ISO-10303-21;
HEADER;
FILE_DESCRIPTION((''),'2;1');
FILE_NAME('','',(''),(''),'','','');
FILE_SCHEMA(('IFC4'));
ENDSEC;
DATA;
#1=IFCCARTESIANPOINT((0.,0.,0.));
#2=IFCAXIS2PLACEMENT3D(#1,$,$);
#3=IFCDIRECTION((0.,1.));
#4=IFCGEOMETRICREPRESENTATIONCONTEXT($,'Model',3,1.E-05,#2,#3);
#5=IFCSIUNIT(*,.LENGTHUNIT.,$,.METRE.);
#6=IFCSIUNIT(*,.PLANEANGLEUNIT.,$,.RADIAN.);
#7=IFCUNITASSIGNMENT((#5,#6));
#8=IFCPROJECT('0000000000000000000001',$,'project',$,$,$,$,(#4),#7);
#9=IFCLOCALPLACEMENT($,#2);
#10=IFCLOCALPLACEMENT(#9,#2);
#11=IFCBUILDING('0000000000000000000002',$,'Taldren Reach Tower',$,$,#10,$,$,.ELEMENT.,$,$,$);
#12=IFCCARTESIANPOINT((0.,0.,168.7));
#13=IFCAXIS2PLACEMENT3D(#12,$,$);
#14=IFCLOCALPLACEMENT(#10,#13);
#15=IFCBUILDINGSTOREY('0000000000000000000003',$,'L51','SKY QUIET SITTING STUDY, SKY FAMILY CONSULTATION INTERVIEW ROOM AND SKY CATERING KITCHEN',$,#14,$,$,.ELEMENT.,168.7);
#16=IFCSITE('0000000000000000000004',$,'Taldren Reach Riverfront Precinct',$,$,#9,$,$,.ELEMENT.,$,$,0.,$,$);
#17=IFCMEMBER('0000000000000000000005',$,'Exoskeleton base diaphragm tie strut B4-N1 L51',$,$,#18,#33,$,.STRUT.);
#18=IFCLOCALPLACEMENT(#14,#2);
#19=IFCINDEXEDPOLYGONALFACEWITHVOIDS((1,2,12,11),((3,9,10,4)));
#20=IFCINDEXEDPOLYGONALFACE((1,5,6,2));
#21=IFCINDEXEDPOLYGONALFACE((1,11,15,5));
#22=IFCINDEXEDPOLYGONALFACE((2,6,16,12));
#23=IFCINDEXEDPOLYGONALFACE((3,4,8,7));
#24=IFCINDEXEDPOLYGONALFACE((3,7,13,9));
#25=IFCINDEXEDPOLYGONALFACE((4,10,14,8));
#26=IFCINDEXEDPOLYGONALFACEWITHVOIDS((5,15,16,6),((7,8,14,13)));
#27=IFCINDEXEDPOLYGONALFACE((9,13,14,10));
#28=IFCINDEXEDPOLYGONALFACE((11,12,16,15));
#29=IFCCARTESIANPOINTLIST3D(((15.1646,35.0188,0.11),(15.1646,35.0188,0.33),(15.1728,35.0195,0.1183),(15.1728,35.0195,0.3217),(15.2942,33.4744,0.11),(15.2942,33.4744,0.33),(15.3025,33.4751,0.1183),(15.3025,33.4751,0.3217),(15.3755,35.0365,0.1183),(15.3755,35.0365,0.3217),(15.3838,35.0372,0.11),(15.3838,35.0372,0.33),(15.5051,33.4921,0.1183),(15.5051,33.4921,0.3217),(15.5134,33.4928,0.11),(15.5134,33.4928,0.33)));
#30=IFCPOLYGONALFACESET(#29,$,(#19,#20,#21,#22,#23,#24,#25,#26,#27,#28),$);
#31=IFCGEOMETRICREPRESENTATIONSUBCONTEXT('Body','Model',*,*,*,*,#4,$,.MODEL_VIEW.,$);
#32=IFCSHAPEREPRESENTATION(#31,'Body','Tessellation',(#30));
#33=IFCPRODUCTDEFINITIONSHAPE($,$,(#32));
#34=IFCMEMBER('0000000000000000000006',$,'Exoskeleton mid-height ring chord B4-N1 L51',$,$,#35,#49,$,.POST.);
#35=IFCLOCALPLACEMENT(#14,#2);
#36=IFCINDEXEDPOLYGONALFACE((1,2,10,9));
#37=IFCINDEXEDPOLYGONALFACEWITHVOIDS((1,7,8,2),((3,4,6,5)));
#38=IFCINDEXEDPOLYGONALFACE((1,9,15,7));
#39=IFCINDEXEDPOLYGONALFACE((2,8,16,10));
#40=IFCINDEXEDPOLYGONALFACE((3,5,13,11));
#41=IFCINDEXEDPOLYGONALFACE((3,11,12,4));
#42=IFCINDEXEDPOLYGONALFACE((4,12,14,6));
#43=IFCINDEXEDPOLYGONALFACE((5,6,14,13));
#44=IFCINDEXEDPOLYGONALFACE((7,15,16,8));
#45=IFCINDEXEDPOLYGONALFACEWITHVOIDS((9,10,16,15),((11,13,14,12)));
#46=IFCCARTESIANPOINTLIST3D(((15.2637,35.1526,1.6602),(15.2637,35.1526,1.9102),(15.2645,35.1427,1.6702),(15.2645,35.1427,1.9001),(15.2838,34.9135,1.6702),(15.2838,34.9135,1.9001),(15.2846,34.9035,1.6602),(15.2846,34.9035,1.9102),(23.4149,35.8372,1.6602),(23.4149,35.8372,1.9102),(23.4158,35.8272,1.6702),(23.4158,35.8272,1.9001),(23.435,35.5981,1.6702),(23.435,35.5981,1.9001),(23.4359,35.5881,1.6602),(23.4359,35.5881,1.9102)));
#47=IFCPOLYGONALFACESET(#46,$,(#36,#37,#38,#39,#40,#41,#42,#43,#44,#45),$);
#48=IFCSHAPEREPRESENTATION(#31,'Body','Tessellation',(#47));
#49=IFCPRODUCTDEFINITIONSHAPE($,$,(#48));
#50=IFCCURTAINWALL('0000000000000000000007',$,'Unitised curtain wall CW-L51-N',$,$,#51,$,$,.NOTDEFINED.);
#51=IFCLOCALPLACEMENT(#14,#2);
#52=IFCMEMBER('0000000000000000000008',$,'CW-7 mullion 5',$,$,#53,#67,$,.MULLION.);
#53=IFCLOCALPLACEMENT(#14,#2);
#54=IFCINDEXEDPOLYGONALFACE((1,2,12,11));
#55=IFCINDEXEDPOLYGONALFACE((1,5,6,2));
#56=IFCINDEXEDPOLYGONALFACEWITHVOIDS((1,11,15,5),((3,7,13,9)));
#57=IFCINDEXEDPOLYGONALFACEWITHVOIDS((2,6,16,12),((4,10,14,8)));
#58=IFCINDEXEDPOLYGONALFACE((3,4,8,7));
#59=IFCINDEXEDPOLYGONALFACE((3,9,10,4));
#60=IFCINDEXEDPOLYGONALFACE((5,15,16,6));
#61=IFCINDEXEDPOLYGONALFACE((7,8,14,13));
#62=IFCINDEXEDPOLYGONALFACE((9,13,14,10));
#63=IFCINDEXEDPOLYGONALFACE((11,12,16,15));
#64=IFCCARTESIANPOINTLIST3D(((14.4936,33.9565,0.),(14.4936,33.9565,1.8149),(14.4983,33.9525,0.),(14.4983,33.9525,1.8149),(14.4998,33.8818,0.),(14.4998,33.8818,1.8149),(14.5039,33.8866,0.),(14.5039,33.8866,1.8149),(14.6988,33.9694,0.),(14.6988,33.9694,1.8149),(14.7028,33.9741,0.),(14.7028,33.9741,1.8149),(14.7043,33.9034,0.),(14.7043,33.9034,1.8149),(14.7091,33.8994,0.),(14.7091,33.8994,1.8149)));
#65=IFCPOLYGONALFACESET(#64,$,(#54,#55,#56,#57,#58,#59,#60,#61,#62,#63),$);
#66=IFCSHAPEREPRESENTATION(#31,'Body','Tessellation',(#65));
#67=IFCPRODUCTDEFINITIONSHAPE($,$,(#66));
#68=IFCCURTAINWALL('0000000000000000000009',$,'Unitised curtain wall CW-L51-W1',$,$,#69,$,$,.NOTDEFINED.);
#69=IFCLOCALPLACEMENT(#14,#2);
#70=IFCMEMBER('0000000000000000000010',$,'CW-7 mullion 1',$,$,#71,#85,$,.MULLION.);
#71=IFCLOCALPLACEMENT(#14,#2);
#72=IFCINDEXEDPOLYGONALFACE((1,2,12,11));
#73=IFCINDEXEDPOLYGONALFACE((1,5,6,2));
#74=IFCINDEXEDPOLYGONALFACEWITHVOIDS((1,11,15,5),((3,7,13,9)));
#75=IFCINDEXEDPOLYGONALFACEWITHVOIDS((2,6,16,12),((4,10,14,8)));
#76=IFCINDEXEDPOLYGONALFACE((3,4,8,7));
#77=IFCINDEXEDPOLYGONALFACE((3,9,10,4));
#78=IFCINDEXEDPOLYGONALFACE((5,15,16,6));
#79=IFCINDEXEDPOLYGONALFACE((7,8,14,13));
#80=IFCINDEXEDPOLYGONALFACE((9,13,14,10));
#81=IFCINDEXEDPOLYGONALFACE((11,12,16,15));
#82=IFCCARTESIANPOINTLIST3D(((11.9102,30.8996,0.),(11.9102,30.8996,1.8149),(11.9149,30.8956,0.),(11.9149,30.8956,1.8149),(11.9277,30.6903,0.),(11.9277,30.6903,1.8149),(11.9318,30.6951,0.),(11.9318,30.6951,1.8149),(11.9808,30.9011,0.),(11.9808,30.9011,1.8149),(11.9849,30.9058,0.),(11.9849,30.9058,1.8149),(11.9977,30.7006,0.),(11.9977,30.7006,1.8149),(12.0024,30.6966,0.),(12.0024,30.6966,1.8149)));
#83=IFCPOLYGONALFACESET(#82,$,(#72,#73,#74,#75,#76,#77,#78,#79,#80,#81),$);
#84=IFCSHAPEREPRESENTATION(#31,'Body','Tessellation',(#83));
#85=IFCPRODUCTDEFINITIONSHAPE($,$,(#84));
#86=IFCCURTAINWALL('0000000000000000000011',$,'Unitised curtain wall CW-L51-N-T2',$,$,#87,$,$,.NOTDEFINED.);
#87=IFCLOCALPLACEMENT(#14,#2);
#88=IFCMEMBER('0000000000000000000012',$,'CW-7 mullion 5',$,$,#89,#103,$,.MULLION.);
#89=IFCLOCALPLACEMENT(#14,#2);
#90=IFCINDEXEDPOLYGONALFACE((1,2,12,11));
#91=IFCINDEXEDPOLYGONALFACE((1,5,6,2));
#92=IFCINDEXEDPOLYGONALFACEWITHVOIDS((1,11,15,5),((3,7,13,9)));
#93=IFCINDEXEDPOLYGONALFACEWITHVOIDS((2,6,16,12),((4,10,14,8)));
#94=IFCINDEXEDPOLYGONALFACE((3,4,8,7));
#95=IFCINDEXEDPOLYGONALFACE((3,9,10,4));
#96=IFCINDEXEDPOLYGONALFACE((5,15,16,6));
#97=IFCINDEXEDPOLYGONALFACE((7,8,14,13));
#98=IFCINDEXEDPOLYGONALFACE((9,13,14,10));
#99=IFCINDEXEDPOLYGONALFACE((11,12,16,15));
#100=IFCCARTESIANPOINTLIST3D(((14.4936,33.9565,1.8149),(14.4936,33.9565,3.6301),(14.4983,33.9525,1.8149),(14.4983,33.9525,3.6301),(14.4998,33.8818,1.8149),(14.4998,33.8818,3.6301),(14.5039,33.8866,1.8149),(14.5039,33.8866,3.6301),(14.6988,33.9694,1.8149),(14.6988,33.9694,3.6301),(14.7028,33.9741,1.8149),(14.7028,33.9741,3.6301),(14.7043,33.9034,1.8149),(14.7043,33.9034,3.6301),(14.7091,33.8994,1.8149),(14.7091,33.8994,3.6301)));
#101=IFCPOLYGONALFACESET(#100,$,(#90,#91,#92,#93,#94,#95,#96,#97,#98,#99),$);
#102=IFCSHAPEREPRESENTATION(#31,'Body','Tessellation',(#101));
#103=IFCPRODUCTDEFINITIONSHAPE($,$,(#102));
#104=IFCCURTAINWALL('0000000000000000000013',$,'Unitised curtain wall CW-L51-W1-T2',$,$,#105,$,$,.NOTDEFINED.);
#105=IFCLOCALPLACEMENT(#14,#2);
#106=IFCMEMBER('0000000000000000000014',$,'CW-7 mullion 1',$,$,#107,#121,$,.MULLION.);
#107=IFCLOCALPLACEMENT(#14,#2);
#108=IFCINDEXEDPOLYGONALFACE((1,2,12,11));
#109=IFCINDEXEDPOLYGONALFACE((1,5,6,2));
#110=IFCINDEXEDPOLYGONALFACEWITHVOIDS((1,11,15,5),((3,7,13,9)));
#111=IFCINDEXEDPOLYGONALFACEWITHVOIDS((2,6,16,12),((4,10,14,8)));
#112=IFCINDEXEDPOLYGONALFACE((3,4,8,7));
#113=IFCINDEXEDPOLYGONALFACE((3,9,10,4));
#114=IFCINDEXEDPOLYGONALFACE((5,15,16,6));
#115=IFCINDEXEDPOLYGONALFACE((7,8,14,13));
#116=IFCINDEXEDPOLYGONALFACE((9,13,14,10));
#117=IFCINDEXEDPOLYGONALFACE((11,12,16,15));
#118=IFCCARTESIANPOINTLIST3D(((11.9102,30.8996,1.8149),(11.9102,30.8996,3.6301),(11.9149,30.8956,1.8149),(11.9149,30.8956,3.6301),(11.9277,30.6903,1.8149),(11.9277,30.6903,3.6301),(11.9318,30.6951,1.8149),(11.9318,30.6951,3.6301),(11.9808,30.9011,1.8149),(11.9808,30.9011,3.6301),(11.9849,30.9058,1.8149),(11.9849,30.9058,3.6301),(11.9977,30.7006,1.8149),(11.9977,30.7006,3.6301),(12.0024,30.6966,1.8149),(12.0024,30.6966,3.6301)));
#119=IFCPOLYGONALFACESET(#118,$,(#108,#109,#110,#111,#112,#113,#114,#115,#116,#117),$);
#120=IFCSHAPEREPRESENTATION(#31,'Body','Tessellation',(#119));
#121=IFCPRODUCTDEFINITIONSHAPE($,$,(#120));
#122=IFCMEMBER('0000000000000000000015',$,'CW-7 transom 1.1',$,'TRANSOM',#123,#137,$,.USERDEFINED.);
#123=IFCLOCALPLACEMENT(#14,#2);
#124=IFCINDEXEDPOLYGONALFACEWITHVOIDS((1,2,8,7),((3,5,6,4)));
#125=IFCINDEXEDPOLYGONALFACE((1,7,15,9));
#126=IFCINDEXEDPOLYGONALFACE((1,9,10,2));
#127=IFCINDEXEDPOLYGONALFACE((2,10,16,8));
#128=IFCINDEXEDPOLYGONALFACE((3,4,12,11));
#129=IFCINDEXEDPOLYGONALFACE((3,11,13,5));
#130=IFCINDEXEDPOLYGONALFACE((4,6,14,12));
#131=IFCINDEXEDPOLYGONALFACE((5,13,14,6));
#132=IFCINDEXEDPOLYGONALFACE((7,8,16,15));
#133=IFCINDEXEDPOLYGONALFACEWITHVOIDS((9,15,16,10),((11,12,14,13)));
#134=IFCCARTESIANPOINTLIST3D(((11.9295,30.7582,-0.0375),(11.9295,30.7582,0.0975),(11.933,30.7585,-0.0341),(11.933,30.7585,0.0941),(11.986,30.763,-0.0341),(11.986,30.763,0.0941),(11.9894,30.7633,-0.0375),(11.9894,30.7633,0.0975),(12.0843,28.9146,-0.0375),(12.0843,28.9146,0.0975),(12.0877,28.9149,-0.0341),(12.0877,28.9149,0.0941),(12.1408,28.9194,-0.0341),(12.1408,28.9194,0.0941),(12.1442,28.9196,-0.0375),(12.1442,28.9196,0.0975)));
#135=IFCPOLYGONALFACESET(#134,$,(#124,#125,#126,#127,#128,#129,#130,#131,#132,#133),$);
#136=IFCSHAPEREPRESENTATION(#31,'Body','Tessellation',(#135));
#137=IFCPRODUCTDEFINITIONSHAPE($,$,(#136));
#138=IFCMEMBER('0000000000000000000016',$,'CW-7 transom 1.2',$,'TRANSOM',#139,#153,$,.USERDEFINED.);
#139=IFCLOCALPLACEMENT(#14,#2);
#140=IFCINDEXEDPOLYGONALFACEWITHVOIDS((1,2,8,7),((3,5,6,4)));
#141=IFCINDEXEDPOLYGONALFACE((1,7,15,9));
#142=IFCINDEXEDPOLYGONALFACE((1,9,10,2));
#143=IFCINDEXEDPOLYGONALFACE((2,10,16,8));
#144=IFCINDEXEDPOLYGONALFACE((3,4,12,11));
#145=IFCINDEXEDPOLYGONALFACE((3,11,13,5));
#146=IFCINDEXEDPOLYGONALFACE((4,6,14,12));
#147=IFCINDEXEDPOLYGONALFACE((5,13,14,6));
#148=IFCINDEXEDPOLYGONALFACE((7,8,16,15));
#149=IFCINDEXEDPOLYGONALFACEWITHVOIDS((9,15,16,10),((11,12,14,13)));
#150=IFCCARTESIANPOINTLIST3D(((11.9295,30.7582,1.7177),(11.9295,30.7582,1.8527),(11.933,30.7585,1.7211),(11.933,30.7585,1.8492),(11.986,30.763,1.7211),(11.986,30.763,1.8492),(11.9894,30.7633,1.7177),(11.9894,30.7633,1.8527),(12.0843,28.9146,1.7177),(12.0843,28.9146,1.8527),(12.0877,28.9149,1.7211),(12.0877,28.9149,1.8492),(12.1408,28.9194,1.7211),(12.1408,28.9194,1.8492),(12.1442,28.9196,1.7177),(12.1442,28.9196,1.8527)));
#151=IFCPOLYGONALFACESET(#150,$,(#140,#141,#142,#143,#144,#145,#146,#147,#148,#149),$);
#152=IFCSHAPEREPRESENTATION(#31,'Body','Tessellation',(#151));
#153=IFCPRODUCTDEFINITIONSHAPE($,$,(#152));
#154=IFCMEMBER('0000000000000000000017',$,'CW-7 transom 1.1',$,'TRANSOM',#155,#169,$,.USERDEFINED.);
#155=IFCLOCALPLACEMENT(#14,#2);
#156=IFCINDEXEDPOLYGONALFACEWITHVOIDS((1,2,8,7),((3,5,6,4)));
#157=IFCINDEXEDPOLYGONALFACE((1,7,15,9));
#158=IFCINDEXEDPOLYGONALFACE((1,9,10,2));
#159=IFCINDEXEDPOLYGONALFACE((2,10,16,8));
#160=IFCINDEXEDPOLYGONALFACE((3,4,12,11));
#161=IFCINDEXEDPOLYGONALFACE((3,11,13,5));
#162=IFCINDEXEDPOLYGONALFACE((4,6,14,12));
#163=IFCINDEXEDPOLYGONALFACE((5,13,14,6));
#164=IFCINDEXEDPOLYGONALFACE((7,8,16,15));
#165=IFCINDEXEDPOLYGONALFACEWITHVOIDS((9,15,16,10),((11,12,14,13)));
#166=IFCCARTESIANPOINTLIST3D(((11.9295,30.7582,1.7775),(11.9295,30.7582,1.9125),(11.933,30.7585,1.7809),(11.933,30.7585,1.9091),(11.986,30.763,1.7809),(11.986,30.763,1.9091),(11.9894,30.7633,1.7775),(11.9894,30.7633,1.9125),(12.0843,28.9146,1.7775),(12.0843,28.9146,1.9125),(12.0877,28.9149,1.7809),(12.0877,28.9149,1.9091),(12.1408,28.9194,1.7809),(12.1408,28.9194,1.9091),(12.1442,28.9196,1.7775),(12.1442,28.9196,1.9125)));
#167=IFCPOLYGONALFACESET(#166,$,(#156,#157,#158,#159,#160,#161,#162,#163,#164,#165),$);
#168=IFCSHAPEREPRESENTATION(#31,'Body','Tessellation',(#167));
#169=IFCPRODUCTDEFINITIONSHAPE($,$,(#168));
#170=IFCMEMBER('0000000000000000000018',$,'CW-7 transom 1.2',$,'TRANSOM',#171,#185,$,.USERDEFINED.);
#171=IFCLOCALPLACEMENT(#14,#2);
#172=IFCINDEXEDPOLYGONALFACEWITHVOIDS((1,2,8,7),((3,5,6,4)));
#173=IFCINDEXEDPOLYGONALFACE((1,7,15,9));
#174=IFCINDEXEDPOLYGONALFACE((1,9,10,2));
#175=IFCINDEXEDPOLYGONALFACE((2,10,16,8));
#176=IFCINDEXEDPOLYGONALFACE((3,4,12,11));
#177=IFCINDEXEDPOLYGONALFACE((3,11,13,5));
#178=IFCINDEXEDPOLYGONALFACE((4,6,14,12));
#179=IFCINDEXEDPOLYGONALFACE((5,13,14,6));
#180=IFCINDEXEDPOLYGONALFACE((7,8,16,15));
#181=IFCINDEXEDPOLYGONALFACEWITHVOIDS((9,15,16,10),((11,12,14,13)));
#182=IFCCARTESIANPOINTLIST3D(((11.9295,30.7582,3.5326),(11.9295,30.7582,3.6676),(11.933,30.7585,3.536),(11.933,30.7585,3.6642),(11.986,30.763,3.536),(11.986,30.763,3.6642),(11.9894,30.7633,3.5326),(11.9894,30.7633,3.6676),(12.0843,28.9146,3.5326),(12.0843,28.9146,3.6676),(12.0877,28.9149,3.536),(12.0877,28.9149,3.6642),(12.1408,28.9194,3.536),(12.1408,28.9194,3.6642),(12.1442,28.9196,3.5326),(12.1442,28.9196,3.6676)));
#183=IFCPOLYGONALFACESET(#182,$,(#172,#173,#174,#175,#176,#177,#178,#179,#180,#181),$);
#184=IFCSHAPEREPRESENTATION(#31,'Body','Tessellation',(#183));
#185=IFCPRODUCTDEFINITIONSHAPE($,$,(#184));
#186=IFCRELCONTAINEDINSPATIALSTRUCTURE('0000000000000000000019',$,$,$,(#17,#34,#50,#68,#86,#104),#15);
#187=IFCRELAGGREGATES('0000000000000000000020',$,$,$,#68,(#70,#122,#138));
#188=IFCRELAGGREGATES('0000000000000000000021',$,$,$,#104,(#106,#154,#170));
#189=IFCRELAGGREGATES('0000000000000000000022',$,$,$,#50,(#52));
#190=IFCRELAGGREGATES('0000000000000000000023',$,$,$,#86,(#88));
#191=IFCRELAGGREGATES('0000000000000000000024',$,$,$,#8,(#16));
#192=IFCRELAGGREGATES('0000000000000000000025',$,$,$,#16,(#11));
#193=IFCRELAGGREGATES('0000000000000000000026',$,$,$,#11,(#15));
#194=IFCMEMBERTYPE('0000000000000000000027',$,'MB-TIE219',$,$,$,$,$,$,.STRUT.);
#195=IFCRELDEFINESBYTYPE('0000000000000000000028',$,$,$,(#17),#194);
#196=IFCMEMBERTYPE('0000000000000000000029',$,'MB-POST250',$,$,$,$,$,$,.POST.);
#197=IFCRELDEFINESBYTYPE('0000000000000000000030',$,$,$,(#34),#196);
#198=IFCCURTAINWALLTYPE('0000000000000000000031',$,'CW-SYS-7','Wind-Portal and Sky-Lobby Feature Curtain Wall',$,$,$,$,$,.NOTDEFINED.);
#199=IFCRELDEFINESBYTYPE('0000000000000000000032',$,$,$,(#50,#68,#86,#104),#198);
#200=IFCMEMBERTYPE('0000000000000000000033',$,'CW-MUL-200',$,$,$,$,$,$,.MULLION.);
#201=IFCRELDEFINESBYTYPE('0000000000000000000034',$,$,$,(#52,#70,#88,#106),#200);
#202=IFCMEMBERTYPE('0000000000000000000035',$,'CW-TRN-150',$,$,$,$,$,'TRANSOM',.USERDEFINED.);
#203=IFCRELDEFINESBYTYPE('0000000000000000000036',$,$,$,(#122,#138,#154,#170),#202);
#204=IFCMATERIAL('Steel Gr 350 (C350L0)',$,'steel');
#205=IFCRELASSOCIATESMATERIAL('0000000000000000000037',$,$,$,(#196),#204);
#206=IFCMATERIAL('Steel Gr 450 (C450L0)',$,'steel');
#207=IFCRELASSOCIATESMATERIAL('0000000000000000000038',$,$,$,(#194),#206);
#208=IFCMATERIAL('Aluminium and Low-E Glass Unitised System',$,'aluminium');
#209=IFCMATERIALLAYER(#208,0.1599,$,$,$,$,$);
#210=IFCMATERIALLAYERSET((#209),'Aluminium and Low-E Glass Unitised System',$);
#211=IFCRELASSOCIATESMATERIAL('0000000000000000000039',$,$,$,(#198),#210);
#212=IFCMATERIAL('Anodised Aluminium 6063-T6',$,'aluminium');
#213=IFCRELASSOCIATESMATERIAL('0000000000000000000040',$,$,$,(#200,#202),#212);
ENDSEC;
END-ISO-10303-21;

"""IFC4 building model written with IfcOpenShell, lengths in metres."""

from ifc_helpers import new_model, si_unit, direction, frame, origin, origin_2d, place, context, subcontext, project, spatial, hollow_rectangle, extrude, source, transform, mapped, material, layer, layer_set, material_profile, profile_set, type_object, element, aggregate, save


model = new_model("IFC4")

# Units and contexts
model_context = context("Model", 3, precision=1e-05, world=origin(), true_north=direction((0.0, 1.0)))
body_context = subcontext(model_context, "Body", "Model", "MODEL_VIEW")
ifc_project = project(units=[si_unit("LENGTHUNIT", "METRE"), si_unit("PLANEANGLEUNIT", "RADIAN")], contexts=[model_context])

# Site, building, storey
site_placement = place(None, origin())
site = spatial("IfcSite", under=ifc_project, at=site_placement, Name="Taldren Reach Riverfront Precinct", CompositionType="ELEMENT", RefElevation=0.0)
building_placement = place(site_placement, origin())
building = spatial("IfcBuilding", under=site, at=building_placement, Name="Taldren Reach Tower", CompositionType="ELEMENT")
storey_placement = place(building_placement, frame((0.0, 0.0, 168.7)))
storey = spatial("IfcBuildingStorey", under=building, at=storey_placement, Name="L51", Description="SKY QUIET SITTING STUDY, SKY FAMILY CONSULTATION INTERVIEW ROOM AND SKY CATERING KITCHEN", CompositionType="ELEMENT", Elevation=168.7)

# Shared definitions
ifc_material_1 = material(Name="Steel Gr 450 (C450L0)", Category="steel")
ifc_material_2 = material(Name="Steel Gr 350 (C350L0)", Category="steel")

# Shared definitions
ifc_material_profile_1 = material_profile(ifc_material_2, hollow_rectangle(XDim=0.25, YDim=0.25, WallThickness=0.01, at=origin_2d()), Name="250x250x10.0SHS")
ifc_profile_set_1 = profile_set([ifc_material_profile_1], Name="Steel Gr 350 (C350L0)")
member_type_1 = type_object("IfcMemberType", Name="MB-POST250", PredefinedType="POST", material=ifc_profile_set_1)

# Members
ifc_material_profile_2 = material_profile(ifc_material_1, hollow_rectangle(XDim=0.22, YDim=0.22, WallThickness=0.0083, at=origin_2d()), Name="220x220x8.2SHS")
ifc_profile_set_2 = profile_set([ifc_material_profile_2], Name="Steel Gr 450 (C450L0)")
member_type_2 = type_object("IfcMemberType", Name="MB-TIE219", PredefinedType="STRUT", material=ifc_profile_set_2)
shared_shape_1 = source(origin(), body_context, "Body", "SweptSolid", [
    extrude(hollow_rectangle(XDim=0.22, YDim=0.22, WallThickness=0.0083, at=origin_2d()), origin(), (0.0, 0.0, 1.0), 1.5498),
])
for number, where, z_axis, x_axis, name in (
    (1, (15.4038, 33.4836, 0.22), (-0.083645, 0.996496, 0.0), (-0.996496, -0.083645, 0.0), "Exoskeleton base diaphragm tie strut B4-N1 L51"),
):
    element("IfcMember", number, at=place(storey_placement, frame(where, z_axis=z_axis, x_axis=x_axis)), inside=storey, type_object=member_type_2, Name=name, PredefinedType="STRUT", context=body_context, shape_type="MappedRepresentation", body=[
        mapped(shared_shape_1, transform((0.0, 0.0, 0.0), scale=1.0)),
    ])
shared_shape_2 = source(origin(), body_context, "Body", "SweptSolid", [
    extrude(hollow_rectangle(XDim=0.25, YDim=0.25, WallThickness=0.01, at=origin_2d()), origin(), (0.0, 0.0, 1.0), 8.1799),
])
member_1_placement = place(storey_placement, frame((15.2742, 35.0281, 1.7852), z_axis=(0.996492, 0.08369, 0.0), x_axis=(-0.08369, 0.996492, 0.0)))
element("IfcMember", 2, at=member_1_placement, inside=storey, type_object=member_type_1, Name="Exoskeleton mid-height ring chord B4-N1 L51", PredefinedType="POST", context=body_context, shape_type="MappedRepresentation", body=[
    mapped(shared_shape_2, transform((0.0, 0.0, 0.0), scale=1.0)),
])

# Curtain walls, members
ifc_material_3 = material(Name="Aluminium and Low-E Glass Unitised System", Category="aluminium")
ifc_layer_1 = layer(ifc_material_3, 0.1599)
ifc_layer_set_1 = layer_set([ifc_layer_1], Name="Aluminium and Low-E Glass Unitised System")
curtain_wall_type = type_object("IfcCurtainWallType", Name="CW-SYS-7", Description="Wind-Portal and Sky-Lobby Feature Curtain Wall", PredefinedType="NOTDEFINED", material=ifc_layer_set_1)
curtain_wall_1_placement = place(storey_placement, origin())
curtain_wall_1 = element("IfcCurtainWall", 3, at=curtain_wall_1_placement, inside=storey, type_object=curtain_wall_type, Name="Unitised curtain wall CW-L51-N", PredefinedType="NOTDEFINED")
ifc_material_4 = material(Name="Anodised Aluminium 6063-T6", Category="aluminium")
ifc_material_profile_3 = material_profile(ifc_material_4, hollow_rectangle(XDim=0.075, YDim=0.21, WallThickness=0.0044, at=origin_2d()), Name="ALU-210x75x4.5RHS")
ifc_profile_set_3 = profile_set([ifc_material_profile_3], Name="Anodised Aluminium 6063-T6")
member_type_3 = type_object("IfcMemberType", Name="CW-MUL-200", PredefinedType="MULLION", material=ifc_profile_set_3)
shared_shape_3 = source(origin(), body_context, "Body", "SweptSolid", [
    extrude(hollow_rectangle(XDim=0.075, YDim=0.21, WallThickness=0.0044, at=origin_2d()), origin(), (0.0, 0.0, 1.0), 1.8149),
])
member_2_placement = place(storey_placement, frame((14.6013, 33.928, 0.0), z_axis=(0.0, 0.0, 1.0), x_axis=(0.083678, -0.996493, 0.0)))
member_2 = element("IfcMember", 4, at=member_2_placement, type_object=member_type_3, Name="CW-7 mullion 5", PredefinedType="MULLION", context=body_context, shape_type="MappedRepresentation", body=[
    mapped(shared_shape_3, transform((0.0, 0.0, 0.0), scale=1.0)),
])
curtain_wall_2_placement = place(storey_placement, origin())
curtain_wall_2 = element("IfcCurtainWall", 5, at=curtain_wall_2_placement, inside=storey, type_object=curtain_wall_type, Name="Unitised curtain wall CW-L51-W1", PredefinedType="NOTDEFINED")
member_3_placement = place(storey_placement, frame((11.9563, 30.7981, 0.0), z_axis=(0.0, 0.0, 1.0), x_axis=(0.996493, 0.08368, 0.0)))
member_3 = element("IfcMember", 6, at=member_3_placement, type_object=member_type_3, Name="CW-7 mullion 1", PredefinedType="MULLION", context=body_context, shape_type="MappedRepresentation", body=[
    mapped(shared_shape_3, transform((0.0, 0.0, 0.0), scale=1.0)),
])
curtain_wall_3_placement = place(storey_placement, origin())
curtain_wall_3 = element("IfcCurtainWall", 7, at=curtain_wall_3_placement, inside=storey, type_object=curtain_wall_type, Name="Unitised curtain wall CW-L51-N-T2", PredefinedType="NOTDEFINED")
shared_shape_4 = source(origin(), body_context, "Body", "SweptSolid", [
    extrude(hollow_rectangle(XDim=0.075, YDim=0.21, WallThickness=0.0044, at=origin_2d()), origin(), (0.0, 0.0, 1.0), 1.8152),
])
member_4_placement = place(storey_placement, frame((14.6013, 33.928, 1.8149), z_axis=(0.0, 0.0, 1.0), x_axis=(0.083678, -0.996493, 0.0)))
member_4 = element("IfcMember", 8, at=member_4_placement, type_object=member_type_3, Name="CW-7 mullion 5", PredefinedType="MULLION", context=body_context, shape_type="MappedRepresentation", body=[
    mapped(shared_shape_4, transform((0.0, 0.0, 0.0), scale=1.0)),
])
curtain_wall_4_placement = place(storey_placement, origin())
curtain_wall_4 = element("IfcCurtainWall", 9, at=curtain_wall_4_placement, inside=storey, type_object=curtain_wall_type, Name="Unitised curtain wall CW-L51-W1-T2", PredefinedType="NOTDEFINED")
member_5_placement = place(storey_placement, frame((11.9563, 30.7981, 1.8149), z_axis=(0.0, 0.0, 1.0), x_axis=(0.996493, 0.08368, 0.0)))
member_5 = element("IfcMember", 10, at=member_5_placement, type_object=member_type_3, Name="CW-7 mullion 1", PredefinedType="MULLION", context=body_context, shape_type="MappedRepresentation", body=[
    mapped(shared_shape_4, transform((0.0, 0.0, 0.0), scale=1.0)),
])

# Members
ifc_material_profile_4 = material_profile(ifc_material_4, hollow_rectangle(XDim=0.0601, YDim=0.135, WallThickness=0.0034, at=origin_2d()), Name="ALU-135x60x3.5RHS")
ifc_profile_set_4 = profile_set([ifc_material_profile_4], Name="Anodised Aluminium 6063-T6")
member_type_4 = type_object("IfcMemberType", Name="CW-TRN-150", ElementType="TRANSOM", PredefinedType="USERDEFINED", material=ifc_profile_set_4)
shared_shape_5 = source(origin(), body_context, "Body", "SweptSolid", [
    extrude(hollow_rectangle(XDim=0.0601, YDim=0.135, WallThickness=0.0034, at=origin_2d()), origin(), (0.0, 0.0, 1.0), 1.8501),
])
member_6_placement = place(storey_placement, frame((11.9595, 30.7607, 0.03), z_axis=(0.083668, -0.996494, 0.0), x_axis=(0.996494, 0.083668, 0.0)))
member_6 = element("IfcMember", 11, at=member_6_placement, type_object=member_type_4, Name="CW-7 transom 1.1", ObjectType="TRANSOM", PredefinedType="USERDEFINED", context=body_context, shape_type="MappedRepresentation", body=[
    mapped(shared_shape_5, transform((0.0, 0.0, 0.0), scale=1.0)),
])
member_7_placement = place(storey_placement, frame((11.9595, 30.7607, 1.7852), z_axis=(0.083668, -0.996494, 0.0), x_axis=(0.996494, 0.083668, 0.0)))
member_7 = element("IfcMember", 12, at=member_7_placement, type_object=member_type_4, Name="CW-7 transom 1.2", ObjectType="TRANSOM", PredefinedType="USERDEFINED", context=body_context, shape_type="MappedRepresentation", body=[
    mapped(shared_shape_5, transform((0.0, 0.0, 0.0), scale=1.0)),
])
aggregate(curtain_wall_2, [member_3, member_6, member_7])
member_8_placement = place(storey_placement, frame((11.9595, 30.7607, 1.845), z_axis=(0.083668, -0.996494, 0.0), x_axis=(0.996494, 0.083668, 0.0)))
member_8 = element("IfcMember", 13, at=member_8_placement, type_object=member_type_4, Name="CW-7 transom 1.1", ObjectType="TRANSOM", PredefinedType="USERDEFINED", context=body_context, shape_type="MappedRepresentation", body=[
    mapped(shared_shape_5, transform((0.0, 0.0, 0.0), scale=1.0)),
])
member_9_placement = place(storey_placement, frame((11.9595, 30.7607, 3.6001), z_axis=(0.083668, -0.996494, 0.0), x_axis=(0.996494, 0.083668, 0.0)))
member_9 = element("IfcMember", 14, at=member_9_placement, type_object=member_type_4, Name="CW-7 transom 1.2", ObjectType="TRANSOM", PredefinedType="USERDEFINED", context=body_context, shape_type="MappedRepresentation", body=[
    mapped(shared_shape_5, transform((0.0, 0.0, 0.0), scale=1.0)),
])
aggregate(curtain_wall_4, [member_5, member_8, member_9])

aggregate(curtain_wall_1, [member_2])
aggregate(curtain_wall_3, [member_4])

save(model, "model.ifc")
